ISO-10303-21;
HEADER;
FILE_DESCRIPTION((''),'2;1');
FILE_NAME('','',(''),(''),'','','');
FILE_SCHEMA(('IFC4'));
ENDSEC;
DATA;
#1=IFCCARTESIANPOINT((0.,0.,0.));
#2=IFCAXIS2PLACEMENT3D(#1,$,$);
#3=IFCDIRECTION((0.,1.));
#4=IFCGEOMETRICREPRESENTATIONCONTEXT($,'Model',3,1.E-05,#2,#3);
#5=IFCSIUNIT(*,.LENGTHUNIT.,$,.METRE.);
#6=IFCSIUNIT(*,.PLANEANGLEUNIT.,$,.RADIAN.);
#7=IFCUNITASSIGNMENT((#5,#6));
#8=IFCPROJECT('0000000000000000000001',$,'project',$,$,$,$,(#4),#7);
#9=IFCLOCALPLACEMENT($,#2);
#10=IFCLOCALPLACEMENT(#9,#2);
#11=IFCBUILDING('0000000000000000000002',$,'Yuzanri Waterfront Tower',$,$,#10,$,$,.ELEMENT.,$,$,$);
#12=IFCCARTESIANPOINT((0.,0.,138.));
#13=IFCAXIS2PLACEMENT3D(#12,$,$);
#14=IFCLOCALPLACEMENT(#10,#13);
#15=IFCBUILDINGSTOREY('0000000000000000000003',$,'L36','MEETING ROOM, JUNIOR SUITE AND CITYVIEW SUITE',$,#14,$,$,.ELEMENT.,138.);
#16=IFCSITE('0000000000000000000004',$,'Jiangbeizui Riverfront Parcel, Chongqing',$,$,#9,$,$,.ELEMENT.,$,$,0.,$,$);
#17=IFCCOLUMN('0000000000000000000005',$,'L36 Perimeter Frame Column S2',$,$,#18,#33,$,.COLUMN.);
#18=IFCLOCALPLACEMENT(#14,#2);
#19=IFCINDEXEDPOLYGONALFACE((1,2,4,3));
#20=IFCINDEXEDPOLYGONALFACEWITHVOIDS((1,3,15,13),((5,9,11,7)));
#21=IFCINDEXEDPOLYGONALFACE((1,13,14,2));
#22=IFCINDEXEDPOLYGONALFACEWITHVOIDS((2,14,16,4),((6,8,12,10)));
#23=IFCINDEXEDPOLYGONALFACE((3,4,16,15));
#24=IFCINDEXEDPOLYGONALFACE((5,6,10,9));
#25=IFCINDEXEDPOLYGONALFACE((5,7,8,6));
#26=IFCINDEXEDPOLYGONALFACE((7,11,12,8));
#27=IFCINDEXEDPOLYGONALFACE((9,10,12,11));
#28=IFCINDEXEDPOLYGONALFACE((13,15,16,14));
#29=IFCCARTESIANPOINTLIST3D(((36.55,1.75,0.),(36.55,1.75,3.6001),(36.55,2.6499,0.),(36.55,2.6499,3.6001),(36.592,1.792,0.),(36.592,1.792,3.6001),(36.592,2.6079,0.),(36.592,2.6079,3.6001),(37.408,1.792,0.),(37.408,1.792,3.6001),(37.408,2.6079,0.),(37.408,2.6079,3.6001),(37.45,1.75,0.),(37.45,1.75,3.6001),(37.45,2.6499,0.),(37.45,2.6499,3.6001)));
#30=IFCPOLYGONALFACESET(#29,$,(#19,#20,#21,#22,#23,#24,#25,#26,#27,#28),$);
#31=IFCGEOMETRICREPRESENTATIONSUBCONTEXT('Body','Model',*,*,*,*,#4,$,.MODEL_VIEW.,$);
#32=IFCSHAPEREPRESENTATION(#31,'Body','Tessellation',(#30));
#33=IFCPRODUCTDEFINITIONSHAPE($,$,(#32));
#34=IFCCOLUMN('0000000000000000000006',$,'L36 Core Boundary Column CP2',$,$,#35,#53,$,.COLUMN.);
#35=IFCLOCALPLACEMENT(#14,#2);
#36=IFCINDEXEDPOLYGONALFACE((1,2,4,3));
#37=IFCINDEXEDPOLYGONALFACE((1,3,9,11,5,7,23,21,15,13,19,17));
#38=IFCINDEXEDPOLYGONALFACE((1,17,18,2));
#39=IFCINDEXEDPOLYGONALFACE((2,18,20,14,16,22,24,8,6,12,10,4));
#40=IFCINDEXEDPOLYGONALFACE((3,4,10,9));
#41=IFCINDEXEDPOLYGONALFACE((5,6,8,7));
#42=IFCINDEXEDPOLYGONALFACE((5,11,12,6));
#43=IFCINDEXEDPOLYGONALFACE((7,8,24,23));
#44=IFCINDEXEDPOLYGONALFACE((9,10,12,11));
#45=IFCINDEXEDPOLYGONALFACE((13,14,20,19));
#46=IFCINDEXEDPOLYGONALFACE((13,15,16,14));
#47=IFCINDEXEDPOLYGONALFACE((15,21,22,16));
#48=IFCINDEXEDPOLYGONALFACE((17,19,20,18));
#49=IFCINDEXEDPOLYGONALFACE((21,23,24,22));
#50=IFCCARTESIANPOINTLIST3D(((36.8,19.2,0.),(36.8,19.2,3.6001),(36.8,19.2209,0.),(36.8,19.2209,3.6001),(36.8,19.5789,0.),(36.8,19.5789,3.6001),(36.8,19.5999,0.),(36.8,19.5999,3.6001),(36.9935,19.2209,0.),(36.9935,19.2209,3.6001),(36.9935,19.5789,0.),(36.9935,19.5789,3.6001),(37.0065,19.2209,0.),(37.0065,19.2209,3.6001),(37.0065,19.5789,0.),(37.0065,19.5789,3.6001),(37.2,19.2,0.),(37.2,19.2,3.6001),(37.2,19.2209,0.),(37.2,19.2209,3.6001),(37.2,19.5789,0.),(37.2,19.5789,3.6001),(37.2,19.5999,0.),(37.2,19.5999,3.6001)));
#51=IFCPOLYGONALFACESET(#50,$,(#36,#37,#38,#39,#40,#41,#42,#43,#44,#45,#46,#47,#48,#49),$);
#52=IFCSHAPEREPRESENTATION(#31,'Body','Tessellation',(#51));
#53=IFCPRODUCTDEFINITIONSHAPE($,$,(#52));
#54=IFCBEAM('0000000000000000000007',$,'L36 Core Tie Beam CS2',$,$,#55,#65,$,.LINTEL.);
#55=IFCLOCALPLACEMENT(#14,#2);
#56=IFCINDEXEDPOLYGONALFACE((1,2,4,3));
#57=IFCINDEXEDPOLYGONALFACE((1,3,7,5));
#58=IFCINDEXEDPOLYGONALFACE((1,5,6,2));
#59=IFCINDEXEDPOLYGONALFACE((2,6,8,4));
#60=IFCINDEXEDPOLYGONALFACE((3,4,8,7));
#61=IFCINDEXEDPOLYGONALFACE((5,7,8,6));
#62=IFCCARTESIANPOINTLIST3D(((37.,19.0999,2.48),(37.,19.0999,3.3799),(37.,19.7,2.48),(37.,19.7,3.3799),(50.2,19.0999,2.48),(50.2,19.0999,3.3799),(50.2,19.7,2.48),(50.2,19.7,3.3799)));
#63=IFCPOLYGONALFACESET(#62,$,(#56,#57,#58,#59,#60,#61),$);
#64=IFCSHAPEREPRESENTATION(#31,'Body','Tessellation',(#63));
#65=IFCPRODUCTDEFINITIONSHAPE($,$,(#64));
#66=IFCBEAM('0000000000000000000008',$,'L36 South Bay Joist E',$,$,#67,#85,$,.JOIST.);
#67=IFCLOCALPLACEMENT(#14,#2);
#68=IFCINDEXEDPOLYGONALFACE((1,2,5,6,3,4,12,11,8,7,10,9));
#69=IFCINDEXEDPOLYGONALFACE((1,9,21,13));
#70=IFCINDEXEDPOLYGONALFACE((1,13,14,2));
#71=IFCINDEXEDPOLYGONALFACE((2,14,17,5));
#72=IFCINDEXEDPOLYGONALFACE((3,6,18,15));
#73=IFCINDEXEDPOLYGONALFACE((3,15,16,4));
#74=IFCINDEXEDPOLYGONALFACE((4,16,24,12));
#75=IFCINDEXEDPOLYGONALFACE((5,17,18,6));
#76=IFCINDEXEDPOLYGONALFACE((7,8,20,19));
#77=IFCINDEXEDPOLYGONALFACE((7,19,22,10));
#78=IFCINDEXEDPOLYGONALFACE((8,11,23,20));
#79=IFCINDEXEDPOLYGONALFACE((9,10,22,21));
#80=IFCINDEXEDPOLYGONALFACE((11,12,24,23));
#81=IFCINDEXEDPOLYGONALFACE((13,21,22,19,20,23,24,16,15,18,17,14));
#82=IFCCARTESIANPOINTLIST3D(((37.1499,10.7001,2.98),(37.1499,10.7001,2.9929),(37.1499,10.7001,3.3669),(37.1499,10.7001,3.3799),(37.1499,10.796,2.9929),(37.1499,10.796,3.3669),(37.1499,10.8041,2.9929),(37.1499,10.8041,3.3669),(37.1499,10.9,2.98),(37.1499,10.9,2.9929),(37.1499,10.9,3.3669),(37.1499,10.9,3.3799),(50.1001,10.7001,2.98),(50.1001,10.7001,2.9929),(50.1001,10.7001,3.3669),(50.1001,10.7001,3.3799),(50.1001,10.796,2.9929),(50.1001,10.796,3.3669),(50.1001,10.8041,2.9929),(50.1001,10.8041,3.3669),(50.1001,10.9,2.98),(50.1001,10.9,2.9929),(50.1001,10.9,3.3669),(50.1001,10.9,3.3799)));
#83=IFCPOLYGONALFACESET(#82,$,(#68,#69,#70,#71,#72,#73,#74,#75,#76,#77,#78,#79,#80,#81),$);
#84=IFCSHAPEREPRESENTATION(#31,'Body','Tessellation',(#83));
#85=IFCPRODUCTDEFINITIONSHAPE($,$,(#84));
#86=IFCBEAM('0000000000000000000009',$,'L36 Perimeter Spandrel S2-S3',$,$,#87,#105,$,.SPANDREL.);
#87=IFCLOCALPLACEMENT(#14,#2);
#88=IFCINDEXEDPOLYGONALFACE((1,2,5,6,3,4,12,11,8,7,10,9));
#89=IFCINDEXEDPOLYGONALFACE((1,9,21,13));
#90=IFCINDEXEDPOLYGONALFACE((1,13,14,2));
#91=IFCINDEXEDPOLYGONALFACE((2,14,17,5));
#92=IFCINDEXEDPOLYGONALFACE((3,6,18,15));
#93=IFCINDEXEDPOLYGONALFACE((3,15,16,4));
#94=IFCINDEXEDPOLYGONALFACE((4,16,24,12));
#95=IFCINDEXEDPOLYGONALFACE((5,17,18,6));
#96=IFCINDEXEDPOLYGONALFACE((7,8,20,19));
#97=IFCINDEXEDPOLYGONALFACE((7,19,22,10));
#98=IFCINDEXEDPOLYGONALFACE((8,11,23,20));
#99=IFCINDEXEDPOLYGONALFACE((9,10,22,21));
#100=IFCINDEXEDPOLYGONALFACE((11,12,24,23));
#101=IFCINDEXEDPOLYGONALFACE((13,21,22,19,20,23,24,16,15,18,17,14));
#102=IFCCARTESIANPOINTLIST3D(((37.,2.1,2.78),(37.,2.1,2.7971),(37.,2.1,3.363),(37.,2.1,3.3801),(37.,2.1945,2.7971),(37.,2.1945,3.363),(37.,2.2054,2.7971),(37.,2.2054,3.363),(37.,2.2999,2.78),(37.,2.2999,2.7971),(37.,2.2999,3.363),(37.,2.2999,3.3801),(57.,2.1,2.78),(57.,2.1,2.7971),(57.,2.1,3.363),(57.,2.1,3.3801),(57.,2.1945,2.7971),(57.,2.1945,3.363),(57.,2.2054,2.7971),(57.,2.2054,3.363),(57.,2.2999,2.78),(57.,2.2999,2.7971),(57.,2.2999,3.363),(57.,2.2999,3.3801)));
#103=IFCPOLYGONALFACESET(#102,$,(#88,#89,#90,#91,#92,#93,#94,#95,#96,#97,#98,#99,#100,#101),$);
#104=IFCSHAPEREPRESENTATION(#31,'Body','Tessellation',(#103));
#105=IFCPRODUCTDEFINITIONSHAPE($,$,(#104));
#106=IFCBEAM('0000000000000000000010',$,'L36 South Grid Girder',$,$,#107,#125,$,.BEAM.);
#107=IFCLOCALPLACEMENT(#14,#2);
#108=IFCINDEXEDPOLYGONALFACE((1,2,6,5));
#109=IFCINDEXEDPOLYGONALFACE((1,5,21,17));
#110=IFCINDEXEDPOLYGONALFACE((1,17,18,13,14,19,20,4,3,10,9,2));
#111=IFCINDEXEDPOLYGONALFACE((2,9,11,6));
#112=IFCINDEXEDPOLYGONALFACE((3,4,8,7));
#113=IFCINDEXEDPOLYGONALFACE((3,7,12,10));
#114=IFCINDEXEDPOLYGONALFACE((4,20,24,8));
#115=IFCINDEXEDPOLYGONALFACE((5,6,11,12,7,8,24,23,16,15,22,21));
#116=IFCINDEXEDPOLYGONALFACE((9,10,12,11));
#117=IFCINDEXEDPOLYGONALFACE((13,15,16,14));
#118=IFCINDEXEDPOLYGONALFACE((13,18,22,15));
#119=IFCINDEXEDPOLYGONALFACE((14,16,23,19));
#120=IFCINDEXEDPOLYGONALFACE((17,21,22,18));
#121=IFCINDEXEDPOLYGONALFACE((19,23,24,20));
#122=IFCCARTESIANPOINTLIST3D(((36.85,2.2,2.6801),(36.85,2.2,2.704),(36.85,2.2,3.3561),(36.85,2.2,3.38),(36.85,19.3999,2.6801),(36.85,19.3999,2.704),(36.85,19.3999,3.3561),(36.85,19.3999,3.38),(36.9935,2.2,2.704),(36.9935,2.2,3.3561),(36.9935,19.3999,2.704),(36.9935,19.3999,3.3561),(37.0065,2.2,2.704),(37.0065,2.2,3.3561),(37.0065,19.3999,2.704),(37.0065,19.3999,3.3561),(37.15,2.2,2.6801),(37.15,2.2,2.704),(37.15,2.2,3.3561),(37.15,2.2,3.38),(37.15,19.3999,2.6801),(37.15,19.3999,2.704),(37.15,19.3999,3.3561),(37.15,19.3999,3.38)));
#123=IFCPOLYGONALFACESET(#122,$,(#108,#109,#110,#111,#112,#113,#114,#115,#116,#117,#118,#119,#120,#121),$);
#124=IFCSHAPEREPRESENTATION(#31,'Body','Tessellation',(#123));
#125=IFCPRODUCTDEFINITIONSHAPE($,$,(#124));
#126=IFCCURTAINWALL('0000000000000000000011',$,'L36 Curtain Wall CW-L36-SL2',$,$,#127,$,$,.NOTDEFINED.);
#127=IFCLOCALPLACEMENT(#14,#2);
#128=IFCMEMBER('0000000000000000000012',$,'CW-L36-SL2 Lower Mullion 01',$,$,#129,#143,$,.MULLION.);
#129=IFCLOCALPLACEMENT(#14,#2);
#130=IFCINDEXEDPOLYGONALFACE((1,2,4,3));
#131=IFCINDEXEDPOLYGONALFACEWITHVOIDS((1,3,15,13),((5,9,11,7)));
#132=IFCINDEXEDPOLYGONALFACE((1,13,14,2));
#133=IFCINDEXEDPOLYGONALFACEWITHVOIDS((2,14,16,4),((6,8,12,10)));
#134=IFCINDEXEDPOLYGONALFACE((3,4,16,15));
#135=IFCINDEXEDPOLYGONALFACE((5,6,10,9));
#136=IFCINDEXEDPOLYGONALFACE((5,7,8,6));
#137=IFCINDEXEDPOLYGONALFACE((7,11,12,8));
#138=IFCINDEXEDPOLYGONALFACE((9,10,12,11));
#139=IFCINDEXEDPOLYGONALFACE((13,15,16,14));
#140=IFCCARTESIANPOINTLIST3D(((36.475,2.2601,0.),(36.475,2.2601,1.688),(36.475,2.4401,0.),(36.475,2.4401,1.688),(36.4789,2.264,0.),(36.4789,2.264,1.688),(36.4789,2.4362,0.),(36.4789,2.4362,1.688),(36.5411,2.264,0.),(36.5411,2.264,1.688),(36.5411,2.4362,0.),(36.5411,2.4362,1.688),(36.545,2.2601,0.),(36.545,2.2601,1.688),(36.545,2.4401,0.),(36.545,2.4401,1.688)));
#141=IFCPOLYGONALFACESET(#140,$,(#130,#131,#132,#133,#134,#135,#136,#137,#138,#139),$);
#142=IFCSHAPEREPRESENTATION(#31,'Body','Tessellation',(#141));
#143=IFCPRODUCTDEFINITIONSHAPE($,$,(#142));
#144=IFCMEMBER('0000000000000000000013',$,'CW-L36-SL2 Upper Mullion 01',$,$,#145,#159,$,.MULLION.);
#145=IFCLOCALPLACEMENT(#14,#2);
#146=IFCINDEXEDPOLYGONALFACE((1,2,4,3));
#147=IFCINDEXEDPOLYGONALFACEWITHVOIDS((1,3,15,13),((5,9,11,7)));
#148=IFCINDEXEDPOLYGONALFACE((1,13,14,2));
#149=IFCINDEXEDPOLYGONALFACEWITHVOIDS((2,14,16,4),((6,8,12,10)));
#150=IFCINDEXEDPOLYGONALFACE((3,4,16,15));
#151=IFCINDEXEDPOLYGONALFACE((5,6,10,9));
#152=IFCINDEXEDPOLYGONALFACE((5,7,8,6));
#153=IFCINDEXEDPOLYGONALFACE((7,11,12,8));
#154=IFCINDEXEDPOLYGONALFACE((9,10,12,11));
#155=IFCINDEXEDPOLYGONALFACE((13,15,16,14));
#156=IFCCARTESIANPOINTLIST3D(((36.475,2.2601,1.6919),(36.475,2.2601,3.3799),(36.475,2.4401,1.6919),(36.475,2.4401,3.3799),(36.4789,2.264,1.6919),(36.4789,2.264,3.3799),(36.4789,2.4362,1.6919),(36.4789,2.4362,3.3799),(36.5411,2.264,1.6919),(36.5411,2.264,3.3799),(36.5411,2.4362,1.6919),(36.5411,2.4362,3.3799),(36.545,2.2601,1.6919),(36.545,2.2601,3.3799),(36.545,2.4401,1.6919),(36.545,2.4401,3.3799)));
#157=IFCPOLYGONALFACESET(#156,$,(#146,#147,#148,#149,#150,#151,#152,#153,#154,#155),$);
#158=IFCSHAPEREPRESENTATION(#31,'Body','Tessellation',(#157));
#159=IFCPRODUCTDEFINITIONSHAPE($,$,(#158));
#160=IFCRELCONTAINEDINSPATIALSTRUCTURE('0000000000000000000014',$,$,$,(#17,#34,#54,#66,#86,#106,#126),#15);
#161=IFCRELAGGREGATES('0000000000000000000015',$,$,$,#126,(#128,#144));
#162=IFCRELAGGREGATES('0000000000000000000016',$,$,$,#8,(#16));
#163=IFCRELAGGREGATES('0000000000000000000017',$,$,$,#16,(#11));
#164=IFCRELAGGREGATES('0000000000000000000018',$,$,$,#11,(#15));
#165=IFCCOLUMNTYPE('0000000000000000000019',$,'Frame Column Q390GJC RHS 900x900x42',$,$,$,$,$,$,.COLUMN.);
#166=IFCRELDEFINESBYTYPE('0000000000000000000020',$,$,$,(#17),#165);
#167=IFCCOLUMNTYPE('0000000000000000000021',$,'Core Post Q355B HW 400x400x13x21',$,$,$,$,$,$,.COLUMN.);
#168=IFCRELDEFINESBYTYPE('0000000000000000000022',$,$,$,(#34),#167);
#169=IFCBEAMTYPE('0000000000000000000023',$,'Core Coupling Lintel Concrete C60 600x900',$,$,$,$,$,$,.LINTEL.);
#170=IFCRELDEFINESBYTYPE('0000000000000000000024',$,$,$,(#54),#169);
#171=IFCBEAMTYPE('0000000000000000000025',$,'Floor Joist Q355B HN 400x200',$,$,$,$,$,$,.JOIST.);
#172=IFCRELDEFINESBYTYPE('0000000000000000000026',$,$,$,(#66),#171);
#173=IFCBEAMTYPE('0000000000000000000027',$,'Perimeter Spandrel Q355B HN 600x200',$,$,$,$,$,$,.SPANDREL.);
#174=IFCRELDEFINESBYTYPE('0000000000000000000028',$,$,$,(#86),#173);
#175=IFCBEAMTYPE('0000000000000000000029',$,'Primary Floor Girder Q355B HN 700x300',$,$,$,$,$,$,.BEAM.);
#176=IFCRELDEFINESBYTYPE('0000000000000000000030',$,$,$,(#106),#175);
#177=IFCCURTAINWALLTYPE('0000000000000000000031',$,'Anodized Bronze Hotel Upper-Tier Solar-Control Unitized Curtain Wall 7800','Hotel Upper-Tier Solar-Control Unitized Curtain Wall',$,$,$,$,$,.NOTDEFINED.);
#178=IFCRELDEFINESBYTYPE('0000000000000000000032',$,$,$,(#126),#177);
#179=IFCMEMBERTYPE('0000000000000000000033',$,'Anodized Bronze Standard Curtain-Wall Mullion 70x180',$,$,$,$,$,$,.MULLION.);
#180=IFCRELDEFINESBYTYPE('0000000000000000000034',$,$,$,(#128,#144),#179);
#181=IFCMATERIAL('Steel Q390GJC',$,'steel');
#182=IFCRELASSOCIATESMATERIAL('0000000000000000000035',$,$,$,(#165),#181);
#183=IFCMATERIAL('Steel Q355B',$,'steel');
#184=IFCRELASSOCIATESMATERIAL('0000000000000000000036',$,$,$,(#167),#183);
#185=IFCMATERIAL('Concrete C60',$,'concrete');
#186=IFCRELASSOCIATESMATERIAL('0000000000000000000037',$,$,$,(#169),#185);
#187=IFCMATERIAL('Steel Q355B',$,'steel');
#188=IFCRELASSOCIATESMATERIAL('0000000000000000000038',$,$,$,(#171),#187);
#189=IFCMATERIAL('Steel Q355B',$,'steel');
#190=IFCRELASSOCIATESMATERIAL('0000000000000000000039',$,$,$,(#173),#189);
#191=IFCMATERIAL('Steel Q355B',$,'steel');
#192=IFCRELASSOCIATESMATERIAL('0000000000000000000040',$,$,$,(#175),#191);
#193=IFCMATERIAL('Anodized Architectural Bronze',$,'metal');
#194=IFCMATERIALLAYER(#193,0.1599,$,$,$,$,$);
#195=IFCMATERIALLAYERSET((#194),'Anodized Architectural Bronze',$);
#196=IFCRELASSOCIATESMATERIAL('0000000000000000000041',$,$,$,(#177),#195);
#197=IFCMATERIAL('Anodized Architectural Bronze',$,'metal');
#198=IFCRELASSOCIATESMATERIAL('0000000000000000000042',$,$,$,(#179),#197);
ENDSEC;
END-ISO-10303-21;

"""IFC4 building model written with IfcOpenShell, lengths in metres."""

from ifc_helpers import new_model, si_unit, direction, frame, origin, origin_2d, place, context, subcontext, project, spatial, rectangle, hollow_rectangle, i_section, extrude, source, transform, mapped, material, layer, layer_set, material_profile, profile_set, type_object, element, aggregate, save


model = new_model("IFC4")

# Units and contexts
model_context = context("Model", 3, precision=1e-05, world=origin(), true_north=direction((0.0, 1.0)))
body_context = subcontext(model_context, "Body", "Model", "MODEL_VIEW")
ifc_project = project(units=[si_unit("LENGTHUNIT", "METRE"), si_unit("PLANEANGLEUNIT", "RADIAN")], contexts=[model_context])

# Site, building, storey
site_placement = place(None, origin())
site = spatial("IfcSite", under=ifc_project, at=site_placement, Name="Jiangbeizui Riverfront Parcel, Chongqing", CompositionType="ELEMENT", RefElevation=0.0)
building_placement = place(site_placement, origin())
building = spatial("IfcBuilding", under=site, at=building_placement, Name="Yuzanri Waterfront Tower", CompositionType="ELEMENT")
storey_placement = place(building_placement, frame((0.0, 0.0, 138.0)))
storey = spatial("IfcBuildingStorey", under=building, at=storey_placement, Name="L36", Description="MEETING ROOM, JUNIOR SUITE AND CITYVIEW SUITE", CompositionType="ELEMENT", Elevation=138.0)

# Columns
ifc_material_1 = material(Name="Steel Q390GJC", Category="steel")
ifc_material_profile_1 = material_profile(ifc_material_1, hollow_rectangle(XDim=0.8999, YDim=0.8999, WallThickness=0.042, at=origin_2d()), Name="RHS 900x900x42")
ifc_profile_set_1 = profile_set([ifc_material_profile_1], Name="Steel Q390GJC")
column_type_1 = type_object("IfcColumnType", Name="Frame Column Q390GJC RHS 900x900x42", PredefinedType="COLUMN", material=ifc_profile_set_1)
shared_shape_1 = source(origin(), body_context, "Body", "SweptSolid", [
    extrude(hollow_rectangle(XDim=0.8999, YDim=0.8999, WallThickness=0.042, at=origin_2d()), origin(), (0.0, 0.0, 1.0), 3.6001),
])
column_1_placement = place(storey_placement, frame((37.0, 2.2, 0.0), z_axis=(0.0, 0.0, 1.0), x_axis=(1.0, 0.0, 0.0)))
element("IfcColumn", 1, at=column_1_placement, inside=storey, type_object=column_type_1, Name="L36 Perimeter Frame Column S2", PredefinedType="COLUMN", context=body_context, shape_type="MappedRepresentation", body=[
    mapped(shared_shape_1, transform((0.0, 0.0, 0.0), scale=1.0)),
])
ifc_material_2 = material(Name="Steel Q355B", Category="steel")
ifc_material_profile_2 = material_profile(ifc_material_2, i_section(OverallWidth=0.3999, OverallDepth=0.3999, WebThickness=0.0129, FlangeThickness=0.021, at=origin_2d()), Name="HW 400x400x13x21")
ifc_profile_set_2 = profile_set([ifc_material_profile_2], Name="Steel Q355B")
column_type_2 = type_object("IfcColumnType", Name="Core Post Q355B HW 400x400x13x21", PredefinedType="COLUMN", material=ifc_profile_set_2)
shared_shape_2 = source(origin(), body_context, "Body", "SweptSolid", [
    extrude(i_section(OverallWidth=0.3999, OverallDepth=0.3999, WebThickness=0.0129, FlangeThickness=0.021, at=origin_2d()), origin(), (0.0, 0.0, 1.0), 3.6001),
])
column_2_placement = place(storey_placement, frame((37.0, 19.3999, 0.0), z_axis=(0.0, 0.0, 1.0), x_axis=(1.0, 0.0, 0.0)))
element("IfcColumn", 2, at=column_2_placement, inside=storey, type_object=column_type_2, Name="L36 Core Boundary Column CP2", PredefinedType="COLUMN", context=body_context, shape_type="MappedRepresentation", body=[
    mapped(shared_shape_2, transform((0.0, 0.0, 0.0), scale=1.0)),
])

# Beams
ifc_material_3 = material(Name="Concrete C60", Category="concrete")
ifc_material_profile_3 = material_profile(ifc_material_3, rectangle(XDim=0.6001, YDim=0.8999, at=origin_2d()), Name="RC 600x900")
ifc_profile_set_3 = profile_set([ifc_material_profile_3], Name="Concrete C60")
beam_type_1 = type_object("IfcBeamType", Name="Core Coupling Lintel Concrete C60 600x900", PredefinedType="LINTEL", material=ifc_profile_set_3)
shared_shape_3 = source(origin(), body_context, "Body", "SweptSolid", [
    extrude(rectangle(XDim=0.6001, YDim=0.8999, at=origin_2d()), origin(), (0.0, 0.0, 1.0), 13.2),
])
beam_1_placement = place(storey_placement, frame((37.0, 19.3999, 2.9299), z_axis=(1.0, 0.0, 0.0), x_axis=(0.0, 1.0, 0.0)))
element("IfcBeam", 3, at=beam_1_placement, inside=storey, type_object=beam_type_1, Name="L36 Core Tie Beam CS2", PredefinedType="LINTEL", context=body_context, shape_type="MappedRepresentation", body=[
    mapped(shared_shape_3, transform((0.0, 0.0, 0.0), scale=1.0)),
])
ifc_material_4 = material(Name="Steel Q355B", Category="steel")
ifc_material_profile_4 = material_profile(ifc_material_4, i_section(OverallWidth=0.2, OverallDepth=0.3999, WebThickness=0.0081, FlangeThickness=0.0129, at=origin_2d()), Name="HN 400x200x8x13")
ifc_profile_set_4 = profile_set([ifc_material_profile_4], Name="Steel Q355B")
beam_type_2 = type_object("IfcBeamType", Name="Floor Joist Q355B HN 400x200", PredefinedType="JOIST", material=ifc_profile_set_4)
shared_shape_4 = source(origin(), body_context, "Body", "SweptSolid", [
    extrude(i_section(OverallWidth=0.2, OverallDepth=0.3999, WebThickness=0.0081, FlangeThickness=0.0129, at=origin_2d()), origin(), (0.0, 0.0, 1.0), 12.9502),
])
beam_2_placement = place(storey_placement, frame((37.1499, 10.8, 3.1799), z_axis=(1.0, 0.0, 0.0), x_axis=(0.0, 1.0, 0.0)))
element("IfcBeam", 4, at=beam_2_placement, inside=storey, type_object=beam_type_2, Name="L36 South Bay Joist E", PredefinedType="JOIST", context=body_context, shape_type="MappedRepresentation", body=[
    mapped(shared_shape_4, transform((0.0, 0.0, 0.0), scale=1.0)),
])
ifc_material_5 = material(Name="Steel Q355B", Category="steel")
ifc_material_profile_5 = material_profile(ifc_material_5, i_section(OverallWidth=0.2, OverallDepth=0.6001, WebThickness=0.011, FlangeThickness=0.0171, at=origin_2d()), Name="HN 600x200x11x17")
ifc_profile_set_5 = profile_set([ifc_material_profile_5], Name="Steel Q355B")
beam_type_3 = type_object("IfcBeamType", Name="Perimeter Spandrel Q355B HN 600x200", PredefinedType="SPANDREL", material=ifc_profile_set_5)
shared_shape_5 = source(origin(), body_context, "Body", "SweptSolid", [
    extrude(i_section(OverallWidth=0.2, OverallDepth=0.6001, WebThickness=0.011, FlangeThickness=0.0171, at=origin_2d()), origin(), (0.0, 0.0, 1.0), 20.0),
])
beam_3_placement = place(storey_placement, frame((37.0, 2.2, 3.0801), z_axis=(1.0, 0.0, 0.0), x_axis=(0.0, 1.0, 0.0)))
element("IfcBeam", 5, at=beam_3_placement, inside=storey, type_object=beam_type_3, Name="L36 Perimeter Spandrel S2-S3", PredefinedType="SPANDREL", context=body_context, shape_type="MappedRepresentation", body=[
    mapped(shared_shape_5, transform((0.0, 0.0, 0.0), scale=1.0)),
])
ifc_material_6 = material(Name="Steel Q355B", Category="steel")
ifc_material_profile_6 = material_profile(ifc_material_6, i_section(OverallWidth=0.3, OverallDepth=0.7, WebThickness=0.0129, FlangeThickness=0.0239, at=origin_2d()), Name="HN 700x300x13x24")
ifc_profile_set_6 = profile_set([ifc_material_profile_6], Name="Steel Q355B")
beam_type_4 = type_object("IfcBeamType", Name="Primary Floor Girder Q355B HN 700x300", PredefinedType="BEAM", material=ifc_profile_set_6)
shared_shape_6 = source(origin(), body_context, "Body", "SweptSolid", [
    extrude(i_section(OverallWidth=0.3, OverallDepth=0.7, WebThickness=0.0129, FlangeThickness=0.0239, at=origin_2d()), origin(), (0.0, 0.0, 1.0), 17.2),
])
beam_4_placement = place(storey_placement, frame((37.0, 19.3999, 3.03), z_axis=(0.0, -1.0, 0.0), x_axis=(1.0, 0.0, 0.0)))
element("IfcBeam", 6, at=beam_4_placement, inside=storey, type_object=beam_type_4, Name="L36 South Grid Girder", PredefinedType="BEAM", context=body_context, shape_type="MappedRepresentation", body=[
    mapped(shared_shape_6, transform((0.0, 0.0, 0.0), scale=1.0)),
])

# Curtain wall, members
ifc_material_7 = material(Name="Anodized Architectural Bronze", Category="metal")
ifc_layer_1 = layer(ifc_material_7, 0.1599)
ifc_layer_set_1 = layer_set([ifc_layer_1], Name="Anodized Architectural Bronze")
curtain_wall_type = type_object("IfcCurtainWallType", Name="Anodized Bronze Hotel Upper-Tier Solar-Control Unitized Curtain Wall 7800", Description="Hotel Upper-Tier Solar-Control Unitized Curtain Wall", PredefinedType="NOTDEFINED", material=ifc_layer_set_1)
curtain_wall_1_placement = place(storey_placement, origin())
curtain_wall_1 = element("IfcCurtainWall", 7, at=curtain_wall_1_placement, inside=storey, type_object=curtain_wall_type, Name="L36 Curtain Wall CW-L36-SL2", PredefinedType="NOTDEFINED")
ifc_material_8 = material(Name="Anodized Architectural Bronze", Category="metal")
ifc_material_profile_7 = material_profile(ifc_material_8, hollow_rectangle(XDim=0.0701, YDim=0.1799, WallThickness=0.0039, at=origin_2d()), Name="CWM 70x180")
ifc_profile_set_7 = profile_set([ifc_material_profile_7], Name="Anodized Architectural Bronze")
member_type_1 = type_object("IfcMemberType", Name="Anodized Bronze Standard Curtain-Wall Mullion 70x180", PredefinedType="MULLION", material=ifc_profile_set_7)
shared_shape_7 = source(origin(), body_context, "Body", "SweptSolid", [
    extrude(hollow_rectangle(XDim=0.0701, YDim=0.1799, WallThickness=0.0039, at=origin_2d()), origin(), (0.0, 0.0, 1.0), 1.688),
])
member_1_placement = place(storey_placement, frame((36.51, 2.3501, 0.0), z_axis=(0.0, 0.0, 1.0), x_axis=(1.0, 0.0, 0.0)))
member_1 = element("IfcMember", 8, at=member_1_placement, type_object=member_type_1, Name="CW-L36-SL2 Lower Mullion 01", PredefinedType="MULLION", context=body_context, shape_type="MappedRepresentation", body=[
    mapped(shared_shape_7, transform((0.0, 0.0, 0.0), scale=1.0)),
])
member_2_placement = place(storey_placement, frame((36.51, 2.3501, 1.6919), z_axis=(0.0, 0.0, 1.0), x_axis=(1.0, 0.0, 0.0)))
member_2 = element("IfcMember", 9, at=member_2_placement, type_object=member_type_1, Name="CW-L36-SL2 Upper Mullion 01", PredefinedType="MULLION", context=body_context, shape_type="MappedRepresentation", body=[
    mapped(shared_shape_7, transform((0.0, 0.0, 0.0), scale=1.0)),
])

aggregate(curtain_wall_1, [member_1, member_2])

save(model, "model.ifc")
